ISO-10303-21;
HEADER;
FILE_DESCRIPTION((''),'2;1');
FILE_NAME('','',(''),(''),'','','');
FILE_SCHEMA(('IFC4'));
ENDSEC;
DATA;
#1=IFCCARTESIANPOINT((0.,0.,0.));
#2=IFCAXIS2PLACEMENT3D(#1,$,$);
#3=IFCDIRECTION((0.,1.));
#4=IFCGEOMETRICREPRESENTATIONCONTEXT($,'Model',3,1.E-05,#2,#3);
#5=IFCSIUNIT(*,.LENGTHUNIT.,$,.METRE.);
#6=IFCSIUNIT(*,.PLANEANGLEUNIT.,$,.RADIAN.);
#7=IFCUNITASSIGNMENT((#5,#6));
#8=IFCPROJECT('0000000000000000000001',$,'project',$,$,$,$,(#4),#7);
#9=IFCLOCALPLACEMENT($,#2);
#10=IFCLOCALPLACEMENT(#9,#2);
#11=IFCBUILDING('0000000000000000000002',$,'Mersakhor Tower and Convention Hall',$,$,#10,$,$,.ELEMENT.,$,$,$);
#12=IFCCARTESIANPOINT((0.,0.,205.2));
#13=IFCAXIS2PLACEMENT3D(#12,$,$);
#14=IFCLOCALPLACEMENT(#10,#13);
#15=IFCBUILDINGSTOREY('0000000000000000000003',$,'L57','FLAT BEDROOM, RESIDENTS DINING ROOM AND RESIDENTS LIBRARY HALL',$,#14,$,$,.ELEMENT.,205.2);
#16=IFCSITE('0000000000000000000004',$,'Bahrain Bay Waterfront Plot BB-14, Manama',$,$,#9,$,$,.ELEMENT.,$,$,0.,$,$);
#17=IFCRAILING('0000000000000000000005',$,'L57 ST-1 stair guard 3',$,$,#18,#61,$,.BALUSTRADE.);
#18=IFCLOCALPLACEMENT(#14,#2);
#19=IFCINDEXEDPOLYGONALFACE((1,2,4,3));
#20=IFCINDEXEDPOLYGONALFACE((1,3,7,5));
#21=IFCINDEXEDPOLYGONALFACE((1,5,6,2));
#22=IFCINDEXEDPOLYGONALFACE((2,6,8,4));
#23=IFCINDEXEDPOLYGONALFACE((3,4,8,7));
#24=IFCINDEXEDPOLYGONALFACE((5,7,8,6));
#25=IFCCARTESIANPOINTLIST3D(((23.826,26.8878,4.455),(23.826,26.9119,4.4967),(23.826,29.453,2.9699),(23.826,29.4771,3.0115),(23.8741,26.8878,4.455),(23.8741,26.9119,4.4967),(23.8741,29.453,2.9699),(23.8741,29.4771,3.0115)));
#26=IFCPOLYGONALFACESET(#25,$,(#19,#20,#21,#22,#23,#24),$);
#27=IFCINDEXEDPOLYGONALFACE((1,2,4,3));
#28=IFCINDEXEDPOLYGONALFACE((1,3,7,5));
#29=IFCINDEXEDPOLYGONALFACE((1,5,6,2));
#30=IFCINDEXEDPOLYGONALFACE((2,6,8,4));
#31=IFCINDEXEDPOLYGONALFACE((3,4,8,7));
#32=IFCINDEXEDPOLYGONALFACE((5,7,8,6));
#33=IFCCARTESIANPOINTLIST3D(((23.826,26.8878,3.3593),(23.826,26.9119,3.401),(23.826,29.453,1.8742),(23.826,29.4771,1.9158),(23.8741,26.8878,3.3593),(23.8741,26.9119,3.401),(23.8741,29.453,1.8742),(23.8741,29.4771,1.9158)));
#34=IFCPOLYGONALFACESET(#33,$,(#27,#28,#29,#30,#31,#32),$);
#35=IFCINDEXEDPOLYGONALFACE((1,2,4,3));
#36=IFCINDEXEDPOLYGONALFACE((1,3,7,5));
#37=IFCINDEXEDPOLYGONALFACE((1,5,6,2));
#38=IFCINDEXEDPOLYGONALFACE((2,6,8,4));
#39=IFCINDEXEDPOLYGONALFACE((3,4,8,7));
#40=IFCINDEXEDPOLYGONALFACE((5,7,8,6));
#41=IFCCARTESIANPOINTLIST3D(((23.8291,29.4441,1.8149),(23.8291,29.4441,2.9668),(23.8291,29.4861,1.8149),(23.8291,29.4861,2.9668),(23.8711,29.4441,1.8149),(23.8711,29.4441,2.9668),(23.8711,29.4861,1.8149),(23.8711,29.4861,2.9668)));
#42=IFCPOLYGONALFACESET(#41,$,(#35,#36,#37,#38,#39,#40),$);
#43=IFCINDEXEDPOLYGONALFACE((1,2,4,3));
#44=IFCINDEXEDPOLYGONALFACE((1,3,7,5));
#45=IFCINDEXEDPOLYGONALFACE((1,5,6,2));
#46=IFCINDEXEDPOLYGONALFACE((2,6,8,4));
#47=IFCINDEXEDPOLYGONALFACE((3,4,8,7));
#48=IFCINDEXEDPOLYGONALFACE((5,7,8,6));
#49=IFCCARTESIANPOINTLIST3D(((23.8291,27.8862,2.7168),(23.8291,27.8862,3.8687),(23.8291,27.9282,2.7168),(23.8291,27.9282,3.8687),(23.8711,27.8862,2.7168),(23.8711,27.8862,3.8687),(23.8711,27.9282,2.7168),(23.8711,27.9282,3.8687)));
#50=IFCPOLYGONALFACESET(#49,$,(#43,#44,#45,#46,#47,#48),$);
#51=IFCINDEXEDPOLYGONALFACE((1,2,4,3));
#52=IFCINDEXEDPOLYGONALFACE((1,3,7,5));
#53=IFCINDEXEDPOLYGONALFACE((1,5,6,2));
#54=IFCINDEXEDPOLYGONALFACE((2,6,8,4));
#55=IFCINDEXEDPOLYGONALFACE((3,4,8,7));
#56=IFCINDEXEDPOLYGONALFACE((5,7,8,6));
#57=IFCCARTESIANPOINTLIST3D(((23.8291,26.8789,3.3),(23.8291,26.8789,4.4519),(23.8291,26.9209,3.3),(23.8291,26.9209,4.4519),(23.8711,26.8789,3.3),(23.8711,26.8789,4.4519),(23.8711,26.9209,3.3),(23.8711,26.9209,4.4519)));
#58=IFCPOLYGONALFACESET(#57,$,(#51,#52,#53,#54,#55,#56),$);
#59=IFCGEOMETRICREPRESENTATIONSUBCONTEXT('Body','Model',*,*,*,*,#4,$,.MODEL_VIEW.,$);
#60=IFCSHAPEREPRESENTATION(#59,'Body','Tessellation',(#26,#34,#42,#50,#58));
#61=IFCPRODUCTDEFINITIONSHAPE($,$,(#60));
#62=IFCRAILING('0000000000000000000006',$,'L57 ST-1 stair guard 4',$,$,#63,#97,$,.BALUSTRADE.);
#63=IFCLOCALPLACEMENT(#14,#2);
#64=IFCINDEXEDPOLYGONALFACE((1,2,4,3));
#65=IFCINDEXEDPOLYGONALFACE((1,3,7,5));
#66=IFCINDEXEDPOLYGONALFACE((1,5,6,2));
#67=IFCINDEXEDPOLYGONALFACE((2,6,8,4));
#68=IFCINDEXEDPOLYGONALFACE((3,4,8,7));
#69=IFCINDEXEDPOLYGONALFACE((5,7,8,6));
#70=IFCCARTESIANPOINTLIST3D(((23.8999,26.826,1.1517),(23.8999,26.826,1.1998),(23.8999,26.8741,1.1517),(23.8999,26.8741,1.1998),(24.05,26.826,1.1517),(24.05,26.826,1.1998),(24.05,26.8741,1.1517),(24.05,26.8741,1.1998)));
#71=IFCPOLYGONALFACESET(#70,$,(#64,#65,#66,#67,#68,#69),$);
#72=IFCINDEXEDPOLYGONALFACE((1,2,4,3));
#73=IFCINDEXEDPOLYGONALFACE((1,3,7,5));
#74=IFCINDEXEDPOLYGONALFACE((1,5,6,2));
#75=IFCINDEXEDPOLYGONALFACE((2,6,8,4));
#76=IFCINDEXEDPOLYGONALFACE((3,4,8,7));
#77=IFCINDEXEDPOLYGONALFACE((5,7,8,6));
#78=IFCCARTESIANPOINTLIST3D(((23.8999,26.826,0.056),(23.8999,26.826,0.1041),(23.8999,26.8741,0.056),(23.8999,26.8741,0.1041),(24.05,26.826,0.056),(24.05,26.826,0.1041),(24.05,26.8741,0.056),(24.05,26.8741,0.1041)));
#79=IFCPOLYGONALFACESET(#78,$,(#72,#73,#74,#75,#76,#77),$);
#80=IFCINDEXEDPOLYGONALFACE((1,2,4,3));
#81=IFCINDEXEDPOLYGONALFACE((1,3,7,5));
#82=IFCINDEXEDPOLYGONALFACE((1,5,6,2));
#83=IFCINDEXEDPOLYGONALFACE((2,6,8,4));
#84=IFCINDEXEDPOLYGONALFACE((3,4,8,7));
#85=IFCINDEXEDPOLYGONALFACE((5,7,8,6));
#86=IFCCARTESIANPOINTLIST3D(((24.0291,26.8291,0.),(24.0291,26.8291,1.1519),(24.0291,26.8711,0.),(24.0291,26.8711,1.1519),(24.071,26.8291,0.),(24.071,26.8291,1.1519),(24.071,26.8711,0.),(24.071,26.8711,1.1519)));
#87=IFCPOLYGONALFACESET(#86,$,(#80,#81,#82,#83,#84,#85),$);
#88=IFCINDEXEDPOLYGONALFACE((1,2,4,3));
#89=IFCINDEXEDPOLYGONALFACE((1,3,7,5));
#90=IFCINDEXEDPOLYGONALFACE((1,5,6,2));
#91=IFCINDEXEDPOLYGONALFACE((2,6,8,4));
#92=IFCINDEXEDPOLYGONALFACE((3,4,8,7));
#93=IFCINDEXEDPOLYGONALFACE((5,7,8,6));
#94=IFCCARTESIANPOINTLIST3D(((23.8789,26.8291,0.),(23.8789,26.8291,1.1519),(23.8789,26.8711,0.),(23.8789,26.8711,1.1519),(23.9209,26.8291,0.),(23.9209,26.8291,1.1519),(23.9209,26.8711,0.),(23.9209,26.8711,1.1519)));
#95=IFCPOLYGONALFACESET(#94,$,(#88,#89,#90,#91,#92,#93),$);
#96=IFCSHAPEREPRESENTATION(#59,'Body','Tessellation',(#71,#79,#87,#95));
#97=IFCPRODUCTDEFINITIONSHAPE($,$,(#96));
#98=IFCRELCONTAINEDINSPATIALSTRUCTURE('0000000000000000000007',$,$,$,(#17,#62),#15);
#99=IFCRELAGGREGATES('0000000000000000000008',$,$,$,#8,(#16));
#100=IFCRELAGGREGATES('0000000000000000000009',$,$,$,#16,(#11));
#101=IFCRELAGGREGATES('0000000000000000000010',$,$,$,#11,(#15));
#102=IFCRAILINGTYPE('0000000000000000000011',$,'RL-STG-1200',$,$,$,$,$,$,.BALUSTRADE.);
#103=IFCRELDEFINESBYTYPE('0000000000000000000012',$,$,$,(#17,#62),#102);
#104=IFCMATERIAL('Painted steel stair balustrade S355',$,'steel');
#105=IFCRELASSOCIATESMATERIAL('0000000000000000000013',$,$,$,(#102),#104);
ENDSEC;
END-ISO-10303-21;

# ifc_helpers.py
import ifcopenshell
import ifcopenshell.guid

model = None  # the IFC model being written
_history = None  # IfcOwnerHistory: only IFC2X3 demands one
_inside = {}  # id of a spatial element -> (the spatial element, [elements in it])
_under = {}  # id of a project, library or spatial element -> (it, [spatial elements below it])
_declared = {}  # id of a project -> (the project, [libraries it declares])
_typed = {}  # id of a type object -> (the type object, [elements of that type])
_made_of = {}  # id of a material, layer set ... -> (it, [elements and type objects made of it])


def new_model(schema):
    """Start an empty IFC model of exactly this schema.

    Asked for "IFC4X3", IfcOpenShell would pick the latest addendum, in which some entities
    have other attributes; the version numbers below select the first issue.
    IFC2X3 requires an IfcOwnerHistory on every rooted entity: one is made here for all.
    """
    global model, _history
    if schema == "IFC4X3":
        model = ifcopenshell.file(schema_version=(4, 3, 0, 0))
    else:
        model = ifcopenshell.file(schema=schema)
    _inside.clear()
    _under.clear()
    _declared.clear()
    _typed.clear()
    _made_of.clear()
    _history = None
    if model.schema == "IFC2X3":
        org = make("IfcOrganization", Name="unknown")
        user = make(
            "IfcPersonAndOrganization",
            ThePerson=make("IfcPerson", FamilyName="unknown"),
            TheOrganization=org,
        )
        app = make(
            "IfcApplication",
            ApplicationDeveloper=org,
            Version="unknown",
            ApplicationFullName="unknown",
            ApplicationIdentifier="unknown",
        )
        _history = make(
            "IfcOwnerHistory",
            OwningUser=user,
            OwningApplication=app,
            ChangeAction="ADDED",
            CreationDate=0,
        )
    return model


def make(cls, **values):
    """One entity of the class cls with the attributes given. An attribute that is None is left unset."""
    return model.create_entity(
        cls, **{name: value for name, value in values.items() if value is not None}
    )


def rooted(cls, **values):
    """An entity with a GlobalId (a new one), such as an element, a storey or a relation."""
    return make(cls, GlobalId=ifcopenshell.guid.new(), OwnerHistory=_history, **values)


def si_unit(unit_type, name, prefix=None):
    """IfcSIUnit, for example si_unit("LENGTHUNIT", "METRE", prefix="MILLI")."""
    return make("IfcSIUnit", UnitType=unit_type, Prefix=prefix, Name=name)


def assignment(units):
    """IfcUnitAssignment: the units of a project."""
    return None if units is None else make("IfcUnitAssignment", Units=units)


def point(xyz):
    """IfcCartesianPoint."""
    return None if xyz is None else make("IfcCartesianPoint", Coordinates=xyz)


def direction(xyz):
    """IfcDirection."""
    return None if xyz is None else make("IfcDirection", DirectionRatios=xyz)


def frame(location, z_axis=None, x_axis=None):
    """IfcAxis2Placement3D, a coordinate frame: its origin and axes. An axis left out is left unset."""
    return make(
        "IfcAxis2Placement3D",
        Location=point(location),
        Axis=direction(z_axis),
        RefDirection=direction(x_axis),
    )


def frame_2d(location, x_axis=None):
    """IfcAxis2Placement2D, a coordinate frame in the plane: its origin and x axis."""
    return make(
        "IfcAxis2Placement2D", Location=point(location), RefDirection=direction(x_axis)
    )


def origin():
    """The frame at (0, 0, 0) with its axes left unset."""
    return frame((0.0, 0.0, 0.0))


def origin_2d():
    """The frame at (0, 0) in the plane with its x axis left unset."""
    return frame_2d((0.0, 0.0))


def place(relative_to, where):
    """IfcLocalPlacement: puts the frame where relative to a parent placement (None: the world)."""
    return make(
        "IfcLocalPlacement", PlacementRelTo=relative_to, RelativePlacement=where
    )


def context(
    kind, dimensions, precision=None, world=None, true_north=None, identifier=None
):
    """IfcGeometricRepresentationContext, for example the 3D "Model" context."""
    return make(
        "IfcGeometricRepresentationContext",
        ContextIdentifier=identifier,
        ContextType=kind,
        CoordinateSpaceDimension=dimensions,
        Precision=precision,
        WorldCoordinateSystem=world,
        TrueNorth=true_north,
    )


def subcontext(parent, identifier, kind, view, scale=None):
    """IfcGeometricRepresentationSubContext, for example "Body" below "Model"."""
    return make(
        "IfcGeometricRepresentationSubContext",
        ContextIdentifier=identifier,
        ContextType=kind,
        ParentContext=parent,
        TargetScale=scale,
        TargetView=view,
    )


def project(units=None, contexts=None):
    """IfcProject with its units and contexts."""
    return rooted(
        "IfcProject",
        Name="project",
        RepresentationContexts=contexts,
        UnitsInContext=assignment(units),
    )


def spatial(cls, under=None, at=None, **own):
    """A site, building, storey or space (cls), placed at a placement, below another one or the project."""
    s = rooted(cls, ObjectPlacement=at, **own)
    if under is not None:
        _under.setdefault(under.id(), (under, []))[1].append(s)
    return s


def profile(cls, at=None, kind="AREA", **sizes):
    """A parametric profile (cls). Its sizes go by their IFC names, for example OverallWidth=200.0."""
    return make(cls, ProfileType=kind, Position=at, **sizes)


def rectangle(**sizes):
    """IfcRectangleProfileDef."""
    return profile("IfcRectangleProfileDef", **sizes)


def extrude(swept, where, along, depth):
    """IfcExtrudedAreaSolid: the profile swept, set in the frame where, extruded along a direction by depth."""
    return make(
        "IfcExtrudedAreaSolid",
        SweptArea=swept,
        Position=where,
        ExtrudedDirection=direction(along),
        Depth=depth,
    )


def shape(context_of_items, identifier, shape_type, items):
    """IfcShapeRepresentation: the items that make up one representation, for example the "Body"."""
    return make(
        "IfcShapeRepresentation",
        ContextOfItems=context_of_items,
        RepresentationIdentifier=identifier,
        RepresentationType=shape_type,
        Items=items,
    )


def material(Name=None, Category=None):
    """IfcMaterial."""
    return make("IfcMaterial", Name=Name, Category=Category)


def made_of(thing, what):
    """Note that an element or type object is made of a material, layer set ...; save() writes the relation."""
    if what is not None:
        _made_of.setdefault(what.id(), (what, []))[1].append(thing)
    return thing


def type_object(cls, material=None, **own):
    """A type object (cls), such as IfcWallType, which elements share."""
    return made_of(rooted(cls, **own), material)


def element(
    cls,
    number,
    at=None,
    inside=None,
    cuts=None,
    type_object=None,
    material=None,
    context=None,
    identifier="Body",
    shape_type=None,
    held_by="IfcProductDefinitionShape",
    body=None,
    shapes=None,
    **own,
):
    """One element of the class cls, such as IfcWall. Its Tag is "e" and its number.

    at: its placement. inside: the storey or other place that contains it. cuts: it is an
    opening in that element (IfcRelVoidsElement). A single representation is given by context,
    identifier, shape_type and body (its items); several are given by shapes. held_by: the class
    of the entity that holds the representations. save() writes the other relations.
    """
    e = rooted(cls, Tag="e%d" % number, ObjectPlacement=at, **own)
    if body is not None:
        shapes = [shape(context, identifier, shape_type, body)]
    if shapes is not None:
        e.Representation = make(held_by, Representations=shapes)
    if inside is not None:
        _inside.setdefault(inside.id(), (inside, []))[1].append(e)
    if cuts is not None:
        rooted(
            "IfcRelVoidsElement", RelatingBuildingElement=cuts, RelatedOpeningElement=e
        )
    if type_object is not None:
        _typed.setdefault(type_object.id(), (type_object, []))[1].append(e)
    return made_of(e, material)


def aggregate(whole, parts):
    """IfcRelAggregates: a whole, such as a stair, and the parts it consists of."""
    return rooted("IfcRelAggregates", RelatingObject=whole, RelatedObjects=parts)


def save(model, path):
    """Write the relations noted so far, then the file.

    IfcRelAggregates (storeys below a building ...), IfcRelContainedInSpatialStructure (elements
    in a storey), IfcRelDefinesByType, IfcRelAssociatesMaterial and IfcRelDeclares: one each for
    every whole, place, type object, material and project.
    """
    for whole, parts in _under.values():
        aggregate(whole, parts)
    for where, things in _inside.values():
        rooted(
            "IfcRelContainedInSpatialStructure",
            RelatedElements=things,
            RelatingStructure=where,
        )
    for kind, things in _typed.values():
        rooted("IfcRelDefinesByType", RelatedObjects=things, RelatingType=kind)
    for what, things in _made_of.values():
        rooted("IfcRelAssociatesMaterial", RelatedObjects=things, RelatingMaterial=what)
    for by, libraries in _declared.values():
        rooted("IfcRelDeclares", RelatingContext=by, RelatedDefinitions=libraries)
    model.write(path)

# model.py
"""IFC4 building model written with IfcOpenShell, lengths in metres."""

from ifc_helpers import new_model, si_unit, direction, frame, origin, origin_2d, place, context, subcontext, project, spatial, rectangle, extrude, material, type_object, element, save


model = new_model("IFC4")

# Units and contexts
model_context = context("Model", 3, precision=1e-05, world=origin(), true_north=direction((0.0, 1.0)))
body_context = subcontext(model_context, "Body", "Model", "MODEL_VIEW")
ifc_project = project(units=[si_unit("LENGTHUNIT", "METRE"), si_unit("PLANEANGLEUNIT", "RADIAN")], contexts=[model_context])

# Site, building, storey
site_placement = place(None, origin())
site = spatial("IfcSite", under=ifc_project, at=site_placement, Name="Bahrain Bay Waterfront Plot BB-14, Manama", CompositionType="ELEMENT", RefElevation=0.0)
building_placement = place(site_placement, origin())
building = spatial("IfcBuilding", under=site, at=building_placement, Name="Mersakhor Tower and Convention Hall", CompositionType="ELEMENT")
storey_placement = place(building_placement, frame((0.0, 0.0, 205.2)))
storey = spatial("IfcBuildingStorey", under=building, at=storey_placement, Name="L57", Description="FLAT BEDROOM, RESIDENTS DINING ROOM AND RESIDENTS LIBRARY HALL", CompositionType="ELEMENT", Elevation=205.2)

# Railings
ifc_material_1 = material(Name="Painted steel stair balustrade S355", Category="steel")
railing_type_1 = type_object("IfcRailingType", Name="RL-STG-1200", PredefinedType="BALUSTRADE", material=ifc_material_1)
railing_1_placement = place(storey_placement, frame((23.8501, 29.4651, 1.8149)))
element("IfcRailing", 1, at=railing_1_placement, inside=storey, type_object=railing_type_1, Name="L57 ST-1 stair guard 3", PredefinedType="BALUSTRADE", context=body_context, shape_type="SweptSolid", body=[
    extrude(rectangle(XDim=0.0481, YDim=0.0481, at=origin_2d()), frame((0.0, 0.0, 1.1758), z_axis=(0.0, -0.865426, 0.501036), x_axis=(1.0, 0.0, 0.0)), (0.0, 0.0, 1.0), 2.9641),
    extrude(rectangle(XDim=0.0481, YDim=0.0481, at=origin_2d()), frame((0.0, 0.0, 0.0801), z_axis=(0.0, -0.865426, 0.501036), x_axis=(1.0, 0.0, 0.0)), (0.0, 0.0, 1.0), 2.9641),
    extrude(rectangle(XDim=0.042, YDim=0.042, at=origin_2d()), origin(), (0.0, 0.0, 1.0), 1.1519),
    extrude(rectangle(XDim=0.042, YDim=0.042, at=origin_2d()), frame((0.0, -1.5579, 0.9019)), (0.0, 0.0, 1.0), 1.1519),
    extrude(rectangle(XDim=0.042, YDim=0.042, at=origin_2d()), frame((0.0, -2.5652, 1.4851)), (0.0, 0.0, 1.0), 1.1519),
])
railing_2_placement = place(storey_placement, frame((24.05, 26.8501, 0.0)))
element("IfcRailing", 2, at=railing_2_placement, inside=storey, type_object=railing_type_1, Name="L57 ST-1 stair guard 4", PredefinedType="BALUSTRADE", context=body_context, shape_type="SweptSolid", body=[
    extrude(rectangle(XDim=0.0481, YDim=0.0481, at=origin_2d()), frame((0.0, 0.0, 1.1758), z_axis=(-1.0, 0.0, 0.0), x_axis=(0.0, -1.0, 0.0)), (0.0, 0.0, 1.0), 0.1501),
    extrude(rectangle(XDim=0.0481, YDim=0.0481, at=origin_2d()), frame((0.0, 0.0, 0.0801), z_axis=(-1.0, 0.0, 0.0), x_axis=(0.0, -1.0, 0.0)), (0.0, 0.0, 1.0), 0.1501),
    extrude(rectangle(XDim=0.042, YDim=0.042, at=origin_2d()), origin(), (0.0, 0.0, 1.0), 1.1519),
    extrude(rectangle(XDim=0.042, YDim=0.042, at=origin_2d()), frame((-0.1501, 0.0, 0.0)), (0.0, 0.0, 1.0), 1.1519),
])

save(model, "model.ifc")
